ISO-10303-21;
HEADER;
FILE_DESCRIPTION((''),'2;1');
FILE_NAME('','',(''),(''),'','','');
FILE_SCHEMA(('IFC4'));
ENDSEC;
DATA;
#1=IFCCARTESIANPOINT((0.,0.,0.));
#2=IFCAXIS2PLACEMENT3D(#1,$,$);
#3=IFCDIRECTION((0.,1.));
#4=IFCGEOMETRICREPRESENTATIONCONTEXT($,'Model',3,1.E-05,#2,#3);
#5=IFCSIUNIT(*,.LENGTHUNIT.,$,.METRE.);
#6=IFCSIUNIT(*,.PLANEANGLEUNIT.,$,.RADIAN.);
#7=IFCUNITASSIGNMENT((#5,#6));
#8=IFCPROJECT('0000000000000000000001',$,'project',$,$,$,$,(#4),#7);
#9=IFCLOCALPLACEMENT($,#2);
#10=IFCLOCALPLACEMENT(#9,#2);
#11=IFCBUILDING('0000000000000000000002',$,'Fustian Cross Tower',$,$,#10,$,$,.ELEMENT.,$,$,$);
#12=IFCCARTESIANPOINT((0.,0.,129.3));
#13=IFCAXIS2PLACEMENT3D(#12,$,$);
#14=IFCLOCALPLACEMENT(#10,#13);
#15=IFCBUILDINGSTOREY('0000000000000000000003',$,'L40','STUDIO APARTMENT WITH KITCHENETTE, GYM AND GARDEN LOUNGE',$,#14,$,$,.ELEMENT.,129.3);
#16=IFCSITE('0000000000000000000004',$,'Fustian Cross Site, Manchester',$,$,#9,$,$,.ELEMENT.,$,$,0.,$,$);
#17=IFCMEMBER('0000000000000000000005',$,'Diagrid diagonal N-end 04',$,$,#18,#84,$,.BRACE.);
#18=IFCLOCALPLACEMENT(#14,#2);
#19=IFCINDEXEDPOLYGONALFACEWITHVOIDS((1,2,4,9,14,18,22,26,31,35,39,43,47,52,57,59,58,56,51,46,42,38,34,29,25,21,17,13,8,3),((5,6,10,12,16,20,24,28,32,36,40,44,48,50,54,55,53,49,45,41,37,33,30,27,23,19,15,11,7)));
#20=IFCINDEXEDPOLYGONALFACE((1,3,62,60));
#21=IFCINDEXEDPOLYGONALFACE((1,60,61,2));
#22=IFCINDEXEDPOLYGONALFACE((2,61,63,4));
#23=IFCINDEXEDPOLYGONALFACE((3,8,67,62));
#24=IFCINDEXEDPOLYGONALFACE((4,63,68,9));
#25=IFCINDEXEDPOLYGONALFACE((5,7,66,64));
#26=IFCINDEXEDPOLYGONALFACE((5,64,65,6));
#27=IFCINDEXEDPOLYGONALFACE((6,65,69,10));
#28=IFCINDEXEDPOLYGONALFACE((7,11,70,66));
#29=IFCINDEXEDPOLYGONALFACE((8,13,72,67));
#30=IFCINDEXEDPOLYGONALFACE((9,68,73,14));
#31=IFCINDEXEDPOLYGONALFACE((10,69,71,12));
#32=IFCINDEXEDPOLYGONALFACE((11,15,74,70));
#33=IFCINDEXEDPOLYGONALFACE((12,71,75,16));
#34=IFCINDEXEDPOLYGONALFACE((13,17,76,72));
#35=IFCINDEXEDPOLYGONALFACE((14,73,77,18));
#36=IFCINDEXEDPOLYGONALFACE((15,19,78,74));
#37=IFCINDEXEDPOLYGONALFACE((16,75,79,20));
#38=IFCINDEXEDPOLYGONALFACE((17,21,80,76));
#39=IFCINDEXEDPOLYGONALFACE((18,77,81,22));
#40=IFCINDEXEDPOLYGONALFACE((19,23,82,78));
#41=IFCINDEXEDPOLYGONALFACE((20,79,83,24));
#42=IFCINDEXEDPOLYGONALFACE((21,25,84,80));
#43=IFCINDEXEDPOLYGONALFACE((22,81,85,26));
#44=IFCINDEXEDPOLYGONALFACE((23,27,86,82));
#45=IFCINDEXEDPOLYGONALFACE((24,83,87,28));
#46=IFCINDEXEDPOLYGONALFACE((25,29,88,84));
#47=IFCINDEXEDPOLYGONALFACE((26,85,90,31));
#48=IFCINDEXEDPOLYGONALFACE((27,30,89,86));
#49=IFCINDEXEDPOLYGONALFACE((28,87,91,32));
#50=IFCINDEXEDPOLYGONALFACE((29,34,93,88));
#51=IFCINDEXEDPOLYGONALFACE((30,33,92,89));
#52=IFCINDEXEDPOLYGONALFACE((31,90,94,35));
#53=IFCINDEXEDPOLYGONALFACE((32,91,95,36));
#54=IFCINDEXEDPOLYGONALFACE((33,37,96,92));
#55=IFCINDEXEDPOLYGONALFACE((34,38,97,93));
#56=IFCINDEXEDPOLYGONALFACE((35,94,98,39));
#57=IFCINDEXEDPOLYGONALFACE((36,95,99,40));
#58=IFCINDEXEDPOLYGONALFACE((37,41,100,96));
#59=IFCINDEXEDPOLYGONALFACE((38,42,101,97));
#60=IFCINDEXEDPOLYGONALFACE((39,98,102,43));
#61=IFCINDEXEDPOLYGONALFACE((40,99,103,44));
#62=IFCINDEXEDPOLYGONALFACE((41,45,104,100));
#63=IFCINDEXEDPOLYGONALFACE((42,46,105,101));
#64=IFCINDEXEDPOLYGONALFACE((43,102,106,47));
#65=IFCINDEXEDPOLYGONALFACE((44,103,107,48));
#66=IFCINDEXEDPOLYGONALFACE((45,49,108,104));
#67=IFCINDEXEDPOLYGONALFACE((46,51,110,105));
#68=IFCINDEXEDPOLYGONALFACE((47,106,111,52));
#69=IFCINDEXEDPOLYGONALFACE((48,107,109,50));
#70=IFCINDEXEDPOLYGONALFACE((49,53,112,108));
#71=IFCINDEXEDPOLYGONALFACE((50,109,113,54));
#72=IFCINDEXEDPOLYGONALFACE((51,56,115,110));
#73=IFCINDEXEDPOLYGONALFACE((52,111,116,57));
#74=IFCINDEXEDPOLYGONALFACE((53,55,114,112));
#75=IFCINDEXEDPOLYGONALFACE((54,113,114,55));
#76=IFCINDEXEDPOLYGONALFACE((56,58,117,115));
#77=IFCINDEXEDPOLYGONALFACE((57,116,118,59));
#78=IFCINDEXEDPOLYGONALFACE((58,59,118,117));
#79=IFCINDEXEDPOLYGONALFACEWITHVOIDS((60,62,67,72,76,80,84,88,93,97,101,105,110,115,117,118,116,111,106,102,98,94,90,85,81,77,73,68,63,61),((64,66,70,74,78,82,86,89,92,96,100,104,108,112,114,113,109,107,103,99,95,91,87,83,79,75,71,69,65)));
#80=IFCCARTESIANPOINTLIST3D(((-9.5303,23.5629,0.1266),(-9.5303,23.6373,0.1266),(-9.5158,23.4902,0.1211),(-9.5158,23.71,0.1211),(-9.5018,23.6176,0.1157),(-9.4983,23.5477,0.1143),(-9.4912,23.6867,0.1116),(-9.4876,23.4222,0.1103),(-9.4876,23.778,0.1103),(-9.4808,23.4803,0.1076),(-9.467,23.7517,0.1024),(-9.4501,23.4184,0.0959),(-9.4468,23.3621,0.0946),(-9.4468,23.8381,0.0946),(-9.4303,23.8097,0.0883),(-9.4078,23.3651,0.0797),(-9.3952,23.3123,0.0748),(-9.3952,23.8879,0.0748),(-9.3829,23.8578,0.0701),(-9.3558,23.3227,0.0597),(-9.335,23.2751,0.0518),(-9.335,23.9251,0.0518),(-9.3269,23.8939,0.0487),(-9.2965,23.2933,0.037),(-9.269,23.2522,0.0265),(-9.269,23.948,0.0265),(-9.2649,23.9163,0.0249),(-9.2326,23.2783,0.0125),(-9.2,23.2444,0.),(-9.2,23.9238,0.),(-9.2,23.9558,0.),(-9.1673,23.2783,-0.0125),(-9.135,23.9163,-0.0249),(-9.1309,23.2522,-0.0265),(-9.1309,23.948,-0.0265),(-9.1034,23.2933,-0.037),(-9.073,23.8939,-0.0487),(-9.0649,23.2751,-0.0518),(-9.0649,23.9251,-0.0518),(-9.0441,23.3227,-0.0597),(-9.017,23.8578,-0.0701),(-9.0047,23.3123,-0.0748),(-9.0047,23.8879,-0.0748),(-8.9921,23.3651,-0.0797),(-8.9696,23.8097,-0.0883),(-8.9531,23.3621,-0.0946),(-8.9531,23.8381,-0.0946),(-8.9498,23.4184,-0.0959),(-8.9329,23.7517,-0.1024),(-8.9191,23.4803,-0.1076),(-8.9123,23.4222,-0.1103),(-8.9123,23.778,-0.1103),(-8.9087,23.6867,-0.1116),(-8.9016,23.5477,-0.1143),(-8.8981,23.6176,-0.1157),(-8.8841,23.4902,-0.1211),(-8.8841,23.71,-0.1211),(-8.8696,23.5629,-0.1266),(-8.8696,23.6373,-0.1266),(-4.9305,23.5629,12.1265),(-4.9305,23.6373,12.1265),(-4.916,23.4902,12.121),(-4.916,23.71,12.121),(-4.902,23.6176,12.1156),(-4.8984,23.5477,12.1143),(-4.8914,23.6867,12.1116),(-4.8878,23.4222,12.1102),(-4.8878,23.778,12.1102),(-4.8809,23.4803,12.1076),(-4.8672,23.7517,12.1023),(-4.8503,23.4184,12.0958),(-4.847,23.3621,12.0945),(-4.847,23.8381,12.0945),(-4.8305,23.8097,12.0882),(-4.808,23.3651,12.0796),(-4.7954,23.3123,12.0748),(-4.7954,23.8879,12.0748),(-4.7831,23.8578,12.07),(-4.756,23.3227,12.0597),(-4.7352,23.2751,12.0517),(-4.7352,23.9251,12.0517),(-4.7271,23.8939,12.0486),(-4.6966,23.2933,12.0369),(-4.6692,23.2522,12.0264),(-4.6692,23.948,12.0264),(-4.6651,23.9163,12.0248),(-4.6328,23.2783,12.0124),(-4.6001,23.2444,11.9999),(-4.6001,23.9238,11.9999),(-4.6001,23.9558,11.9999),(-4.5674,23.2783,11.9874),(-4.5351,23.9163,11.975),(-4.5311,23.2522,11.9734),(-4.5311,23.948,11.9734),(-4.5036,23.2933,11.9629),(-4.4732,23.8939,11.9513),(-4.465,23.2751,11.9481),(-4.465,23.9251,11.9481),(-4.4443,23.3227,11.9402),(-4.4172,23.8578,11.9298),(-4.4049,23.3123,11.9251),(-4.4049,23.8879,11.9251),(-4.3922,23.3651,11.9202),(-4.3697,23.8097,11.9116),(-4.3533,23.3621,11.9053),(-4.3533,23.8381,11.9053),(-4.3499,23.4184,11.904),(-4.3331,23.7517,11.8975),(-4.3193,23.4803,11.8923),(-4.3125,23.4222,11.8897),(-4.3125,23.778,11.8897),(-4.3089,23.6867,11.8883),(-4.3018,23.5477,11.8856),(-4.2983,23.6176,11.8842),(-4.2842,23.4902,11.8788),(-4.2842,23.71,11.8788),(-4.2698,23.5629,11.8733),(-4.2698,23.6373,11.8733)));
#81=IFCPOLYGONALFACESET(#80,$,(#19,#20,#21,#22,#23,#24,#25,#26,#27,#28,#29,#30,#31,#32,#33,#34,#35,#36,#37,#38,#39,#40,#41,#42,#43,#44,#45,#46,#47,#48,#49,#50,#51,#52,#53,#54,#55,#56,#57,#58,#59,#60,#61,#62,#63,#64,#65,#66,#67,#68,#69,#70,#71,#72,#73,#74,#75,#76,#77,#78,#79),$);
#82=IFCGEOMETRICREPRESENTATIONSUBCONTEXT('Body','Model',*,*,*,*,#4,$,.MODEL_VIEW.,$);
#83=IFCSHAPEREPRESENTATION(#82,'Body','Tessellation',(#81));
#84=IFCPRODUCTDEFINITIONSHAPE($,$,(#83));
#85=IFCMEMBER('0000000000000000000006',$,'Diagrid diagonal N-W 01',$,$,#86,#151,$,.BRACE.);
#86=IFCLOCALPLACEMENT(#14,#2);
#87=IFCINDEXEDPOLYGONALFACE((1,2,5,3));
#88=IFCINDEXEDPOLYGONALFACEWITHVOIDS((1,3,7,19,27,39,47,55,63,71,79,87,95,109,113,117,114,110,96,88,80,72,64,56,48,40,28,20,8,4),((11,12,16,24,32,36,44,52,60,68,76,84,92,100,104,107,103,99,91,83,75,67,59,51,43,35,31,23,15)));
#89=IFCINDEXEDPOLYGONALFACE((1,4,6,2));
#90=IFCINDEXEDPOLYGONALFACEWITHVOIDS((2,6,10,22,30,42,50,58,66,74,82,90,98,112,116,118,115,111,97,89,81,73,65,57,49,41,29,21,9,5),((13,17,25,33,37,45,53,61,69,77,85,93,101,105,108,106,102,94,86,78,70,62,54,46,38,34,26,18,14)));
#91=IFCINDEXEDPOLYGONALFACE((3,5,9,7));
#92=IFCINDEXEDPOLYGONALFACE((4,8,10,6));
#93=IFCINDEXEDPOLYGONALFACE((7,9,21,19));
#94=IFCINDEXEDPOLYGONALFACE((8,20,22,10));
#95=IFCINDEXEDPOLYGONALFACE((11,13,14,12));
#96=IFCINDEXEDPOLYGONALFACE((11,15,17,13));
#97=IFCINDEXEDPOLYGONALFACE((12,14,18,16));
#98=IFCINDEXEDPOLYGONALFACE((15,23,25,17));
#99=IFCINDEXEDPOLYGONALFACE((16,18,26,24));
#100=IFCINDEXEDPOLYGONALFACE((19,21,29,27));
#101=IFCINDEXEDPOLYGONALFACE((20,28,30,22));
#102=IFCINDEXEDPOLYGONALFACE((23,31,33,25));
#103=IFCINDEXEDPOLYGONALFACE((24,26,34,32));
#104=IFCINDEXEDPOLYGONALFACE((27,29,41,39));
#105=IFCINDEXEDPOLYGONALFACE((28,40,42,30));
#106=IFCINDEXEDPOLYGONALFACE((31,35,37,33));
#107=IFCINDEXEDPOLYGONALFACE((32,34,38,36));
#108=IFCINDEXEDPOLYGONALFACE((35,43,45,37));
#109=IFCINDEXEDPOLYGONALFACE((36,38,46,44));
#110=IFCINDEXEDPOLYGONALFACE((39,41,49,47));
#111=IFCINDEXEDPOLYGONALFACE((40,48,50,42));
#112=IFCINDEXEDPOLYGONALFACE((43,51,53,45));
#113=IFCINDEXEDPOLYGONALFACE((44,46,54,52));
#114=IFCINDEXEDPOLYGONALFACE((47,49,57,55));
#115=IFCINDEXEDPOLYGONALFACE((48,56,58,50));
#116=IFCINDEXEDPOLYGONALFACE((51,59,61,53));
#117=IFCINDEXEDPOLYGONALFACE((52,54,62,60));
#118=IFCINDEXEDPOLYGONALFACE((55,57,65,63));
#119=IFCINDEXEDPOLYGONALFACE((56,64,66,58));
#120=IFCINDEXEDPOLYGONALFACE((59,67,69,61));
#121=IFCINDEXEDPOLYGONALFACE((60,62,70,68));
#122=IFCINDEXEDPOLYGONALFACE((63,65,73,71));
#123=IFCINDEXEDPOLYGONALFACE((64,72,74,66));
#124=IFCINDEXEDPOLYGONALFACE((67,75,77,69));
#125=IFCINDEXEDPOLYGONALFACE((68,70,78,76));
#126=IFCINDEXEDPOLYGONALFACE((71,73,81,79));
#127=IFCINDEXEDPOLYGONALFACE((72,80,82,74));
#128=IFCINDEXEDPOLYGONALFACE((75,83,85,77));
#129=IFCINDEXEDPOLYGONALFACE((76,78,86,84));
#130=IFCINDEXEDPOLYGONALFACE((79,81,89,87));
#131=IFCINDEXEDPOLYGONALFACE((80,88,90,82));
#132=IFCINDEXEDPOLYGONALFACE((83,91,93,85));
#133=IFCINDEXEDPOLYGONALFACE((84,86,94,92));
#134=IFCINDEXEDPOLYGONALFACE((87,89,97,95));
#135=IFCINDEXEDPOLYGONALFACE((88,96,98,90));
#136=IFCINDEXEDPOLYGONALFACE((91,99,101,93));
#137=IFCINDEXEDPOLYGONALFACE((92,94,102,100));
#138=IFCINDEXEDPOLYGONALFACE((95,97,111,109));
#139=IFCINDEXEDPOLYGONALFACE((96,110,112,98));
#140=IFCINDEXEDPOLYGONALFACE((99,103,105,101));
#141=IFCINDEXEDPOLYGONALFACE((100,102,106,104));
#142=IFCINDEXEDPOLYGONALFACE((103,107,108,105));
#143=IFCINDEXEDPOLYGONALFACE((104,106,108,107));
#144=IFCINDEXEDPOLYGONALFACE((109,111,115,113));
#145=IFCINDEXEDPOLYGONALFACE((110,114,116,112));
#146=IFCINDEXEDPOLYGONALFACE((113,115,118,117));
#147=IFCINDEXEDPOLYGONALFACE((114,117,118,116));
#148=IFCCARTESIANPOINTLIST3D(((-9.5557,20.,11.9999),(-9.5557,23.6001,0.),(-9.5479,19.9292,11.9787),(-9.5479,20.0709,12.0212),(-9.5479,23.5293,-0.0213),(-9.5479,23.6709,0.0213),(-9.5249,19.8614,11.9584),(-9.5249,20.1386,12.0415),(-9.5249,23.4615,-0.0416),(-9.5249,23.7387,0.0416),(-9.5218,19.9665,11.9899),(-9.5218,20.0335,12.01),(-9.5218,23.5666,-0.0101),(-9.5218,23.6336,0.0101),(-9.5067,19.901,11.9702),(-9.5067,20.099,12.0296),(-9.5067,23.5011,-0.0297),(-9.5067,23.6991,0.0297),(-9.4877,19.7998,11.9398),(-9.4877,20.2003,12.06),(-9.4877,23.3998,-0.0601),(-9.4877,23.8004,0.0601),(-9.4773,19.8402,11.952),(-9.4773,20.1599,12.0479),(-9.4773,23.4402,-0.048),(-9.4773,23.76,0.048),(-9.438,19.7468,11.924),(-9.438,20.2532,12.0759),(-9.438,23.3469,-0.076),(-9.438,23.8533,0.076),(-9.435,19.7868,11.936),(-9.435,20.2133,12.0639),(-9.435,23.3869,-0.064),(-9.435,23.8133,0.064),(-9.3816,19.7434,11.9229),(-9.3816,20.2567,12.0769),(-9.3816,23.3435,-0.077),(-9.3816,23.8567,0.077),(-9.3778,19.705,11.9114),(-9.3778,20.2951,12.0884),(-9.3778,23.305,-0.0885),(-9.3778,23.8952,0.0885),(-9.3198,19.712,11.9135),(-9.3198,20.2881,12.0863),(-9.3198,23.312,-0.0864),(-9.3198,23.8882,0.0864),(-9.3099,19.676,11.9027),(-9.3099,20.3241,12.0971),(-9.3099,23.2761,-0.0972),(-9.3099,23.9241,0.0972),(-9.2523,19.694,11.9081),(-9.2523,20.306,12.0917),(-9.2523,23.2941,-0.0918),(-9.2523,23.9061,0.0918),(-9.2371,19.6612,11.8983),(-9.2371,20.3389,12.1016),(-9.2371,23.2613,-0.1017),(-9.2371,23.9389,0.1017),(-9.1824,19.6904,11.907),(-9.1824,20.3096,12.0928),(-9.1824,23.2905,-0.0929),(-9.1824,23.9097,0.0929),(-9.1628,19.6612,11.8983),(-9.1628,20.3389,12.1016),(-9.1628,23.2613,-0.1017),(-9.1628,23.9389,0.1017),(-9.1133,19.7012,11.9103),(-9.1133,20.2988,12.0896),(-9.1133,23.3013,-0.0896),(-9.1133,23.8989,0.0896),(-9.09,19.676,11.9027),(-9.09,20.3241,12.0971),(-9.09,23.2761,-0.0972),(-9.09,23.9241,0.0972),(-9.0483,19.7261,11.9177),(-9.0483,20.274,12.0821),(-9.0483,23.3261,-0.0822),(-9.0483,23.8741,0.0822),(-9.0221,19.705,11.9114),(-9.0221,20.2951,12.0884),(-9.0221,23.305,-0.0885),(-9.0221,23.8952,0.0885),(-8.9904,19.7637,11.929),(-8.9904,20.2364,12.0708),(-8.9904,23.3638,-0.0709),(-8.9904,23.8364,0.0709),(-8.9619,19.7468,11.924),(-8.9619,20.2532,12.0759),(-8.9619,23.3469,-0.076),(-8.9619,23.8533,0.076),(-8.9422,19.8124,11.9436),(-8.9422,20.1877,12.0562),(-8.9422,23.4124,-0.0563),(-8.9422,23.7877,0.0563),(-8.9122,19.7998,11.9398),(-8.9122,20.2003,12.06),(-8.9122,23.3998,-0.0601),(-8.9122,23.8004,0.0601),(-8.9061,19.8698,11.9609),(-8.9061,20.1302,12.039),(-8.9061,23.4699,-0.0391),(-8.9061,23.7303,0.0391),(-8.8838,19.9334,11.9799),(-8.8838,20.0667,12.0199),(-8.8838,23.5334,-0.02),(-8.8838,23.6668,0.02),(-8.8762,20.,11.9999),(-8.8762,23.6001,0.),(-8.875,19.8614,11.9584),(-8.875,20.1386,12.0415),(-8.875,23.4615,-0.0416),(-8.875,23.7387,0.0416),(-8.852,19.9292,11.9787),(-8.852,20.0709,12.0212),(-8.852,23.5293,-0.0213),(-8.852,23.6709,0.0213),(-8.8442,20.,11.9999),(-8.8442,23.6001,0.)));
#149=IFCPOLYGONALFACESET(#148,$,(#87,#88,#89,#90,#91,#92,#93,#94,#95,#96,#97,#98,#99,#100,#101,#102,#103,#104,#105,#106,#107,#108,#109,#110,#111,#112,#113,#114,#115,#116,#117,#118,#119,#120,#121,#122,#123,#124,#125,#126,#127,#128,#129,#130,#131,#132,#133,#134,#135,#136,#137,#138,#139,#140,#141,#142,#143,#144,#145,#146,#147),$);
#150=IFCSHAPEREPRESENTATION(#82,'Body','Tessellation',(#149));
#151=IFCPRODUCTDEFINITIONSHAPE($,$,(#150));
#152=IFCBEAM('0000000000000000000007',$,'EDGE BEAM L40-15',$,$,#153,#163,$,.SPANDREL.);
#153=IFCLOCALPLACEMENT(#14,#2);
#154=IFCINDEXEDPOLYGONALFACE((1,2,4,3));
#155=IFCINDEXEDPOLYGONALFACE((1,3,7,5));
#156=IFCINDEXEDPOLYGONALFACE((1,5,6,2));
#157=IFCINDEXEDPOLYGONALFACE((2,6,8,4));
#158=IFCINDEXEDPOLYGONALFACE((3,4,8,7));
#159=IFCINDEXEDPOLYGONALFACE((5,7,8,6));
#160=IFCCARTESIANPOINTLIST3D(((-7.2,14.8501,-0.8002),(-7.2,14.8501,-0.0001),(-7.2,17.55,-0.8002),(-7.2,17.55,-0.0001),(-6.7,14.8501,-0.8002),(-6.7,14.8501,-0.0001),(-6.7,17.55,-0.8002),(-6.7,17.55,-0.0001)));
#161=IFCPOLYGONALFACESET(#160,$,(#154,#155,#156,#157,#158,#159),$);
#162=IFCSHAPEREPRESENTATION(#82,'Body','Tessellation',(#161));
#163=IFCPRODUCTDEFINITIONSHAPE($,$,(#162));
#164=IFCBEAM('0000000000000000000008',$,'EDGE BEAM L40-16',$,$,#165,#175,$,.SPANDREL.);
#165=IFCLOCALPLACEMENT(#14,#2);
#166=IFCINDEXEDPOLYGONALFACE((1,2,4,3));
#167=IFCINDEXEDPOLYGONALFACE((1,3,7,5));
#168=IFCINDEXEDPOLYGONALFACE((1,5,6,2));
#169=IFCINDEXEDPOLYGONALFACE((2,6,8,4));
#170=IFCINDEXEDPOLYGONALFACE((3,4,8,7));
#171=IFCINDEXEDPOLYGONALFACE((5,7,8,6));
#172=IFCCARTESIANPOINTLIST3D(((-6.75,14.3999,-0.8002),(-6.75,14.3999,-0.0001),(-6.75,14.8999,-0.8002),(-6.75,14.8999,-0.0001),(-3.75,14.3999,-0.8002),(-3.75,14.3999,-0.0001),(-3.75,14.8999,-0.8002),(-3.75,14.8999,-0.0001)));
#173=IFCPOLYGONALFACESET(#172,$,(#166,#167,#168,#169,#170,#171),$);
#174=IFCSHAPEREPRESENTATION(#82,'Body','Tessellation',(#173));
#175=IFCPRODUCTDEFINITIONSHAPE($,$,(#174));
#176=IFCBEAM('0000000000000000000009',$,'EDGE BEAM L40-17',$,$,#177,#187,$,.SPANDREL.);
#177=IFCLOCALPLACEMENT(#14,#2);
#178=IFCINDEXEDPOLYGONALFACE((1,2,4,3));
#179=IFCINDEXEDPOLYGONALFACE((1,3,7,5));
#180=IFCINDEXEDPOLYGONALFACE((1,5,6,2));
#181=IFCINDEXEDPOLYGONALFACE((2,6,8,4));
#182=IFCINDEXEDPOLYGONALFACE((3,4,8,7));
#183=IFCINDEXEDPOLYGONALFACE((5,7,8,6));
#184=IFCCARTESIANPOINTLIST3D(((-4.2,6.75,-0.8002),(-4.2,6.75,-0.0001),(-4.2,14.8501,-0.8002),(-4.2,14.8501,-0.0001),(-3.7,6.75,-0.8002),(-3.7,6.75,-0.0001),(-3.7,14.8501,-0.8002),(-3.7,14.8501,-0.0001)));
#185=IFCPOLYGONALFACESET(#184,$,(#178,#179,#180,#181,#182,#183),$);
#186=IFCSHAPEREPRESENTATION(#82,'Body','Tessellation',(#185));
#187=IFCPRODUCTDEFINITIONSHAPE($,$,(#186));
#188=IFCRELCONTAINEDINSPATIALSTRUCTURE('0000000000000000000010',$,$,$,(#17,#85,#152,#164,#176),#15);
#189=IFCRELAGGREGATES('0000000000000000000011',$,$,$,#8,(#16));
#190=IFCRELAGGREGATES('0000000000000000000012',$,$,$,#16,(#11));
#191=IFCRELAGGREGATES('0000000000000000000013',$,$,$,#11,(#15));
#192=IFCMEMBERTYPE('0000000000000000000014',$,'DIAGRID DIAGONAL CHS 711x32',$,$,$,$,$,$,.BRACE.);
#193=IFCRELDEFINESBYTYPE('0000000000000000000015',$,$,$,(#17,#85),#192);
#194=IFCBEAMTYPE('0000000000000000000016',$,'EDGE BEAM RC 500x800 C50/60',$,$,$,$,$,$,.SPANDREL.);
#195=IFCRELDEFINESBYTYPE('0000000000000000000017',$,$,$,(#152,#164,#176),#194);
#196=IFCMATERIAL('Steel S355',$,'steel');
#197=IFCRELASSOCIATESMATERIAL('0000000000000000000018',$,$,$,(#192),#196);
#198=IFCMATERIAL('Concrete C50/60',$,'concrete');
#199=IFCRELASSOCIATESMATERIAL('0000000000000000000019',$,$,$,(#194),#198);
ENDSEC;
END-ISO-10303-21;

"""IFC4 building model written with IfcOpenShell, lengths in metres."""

from ifc_helpers import new_model, si_unit, direction, frame, origin, origin_2d, place, context, subcontext, project, spatial, rectangle, hollow_circle, extrude, material, material_profile, profile_set, type_object, element, save


model = new_model("IFC4")

# Units and contexts
model_context = context("Model", 3, precision=1e-05, world=origin(), true_north=direction((0.0, 1.0)))
body_context = subcontext(model_context, "Body", "Model", "MODEL_VIEW")
ifc_project = project(units=[si_unit("LENGTHUNIT", "METRE"), si_unit("PLANEANGLEUNIT", "RADIAN")], contexts=[model_context])

# Site, building, storey
site_placement = place(None, origin())
site = spatial("IfcSite", under=ifc_project, at=site_placement, Name="Fustian Cross Site, Manchester", CompositionType="ELEMENT", RefElevation=0.0)
building_placement = place(site_placement, origin())
building = spatial("IfcBuilding", under=site, at=building_placement, Name="Fustian Cross Tower", CompositionType="ELEMENT")
storey_placement = place(building_placement, frame((0.0, 0.0, 129.3)))
storey = spatial("IfcBuildingStorey", under=building, at=storey_placement, Name="L40", Description="STUDIO APARTMENT WITH KITCHENETTE, GYM AND GARDEN LOUNGE", CompositionType="ELEMENT", Elevation=129.3)

# Members
ifc_material_1 = material(Name="Steel S355", Category="steel")
ifc_material_profile_1 = material_profile(ifc_material_1, hollow_circle(Radius=0.3557, WallThickness=0.032, at=origin_2d()), Name="CHS 711x32")
ifc_profile_set_1 = profile_set([ifc_material_profile_1], Name="Steel S355")
member_type_1 = type_object("IfcMemberType", Name="DIAGRID DIAGONAL CHS 711x32", PredefinedType="BRACE", material=ifc_profile_set_1)
member_1_placement = place(storey_placement, frame((-9.2, 23.6001, 0.0), z_axis=(0.357926, 0.0, 0.93375), x_axis=(0.0, 1.0, 0.0)))
element("IfcMember", 1, at=member_1_placement, inside=storey, type_object=member_type_1, Name="Diagrid diagonal N-end 04", PredefinedType="BRACE", context=body_context, shape_type="SweptSolid", body=[
    extrude(hollow_circle(Radius=0.3557, WallThickness=0.032, at=origin_2d()), origin(), (0.0, 0.0, 1.0), 12.8513),
])
member_2_placement = place(storey_placement, frame((-9.2, 23.6001, 0.0), z_axis=(0.0, -0.287355, 0.957824), x_axis=(1.0, 0.0, 0.0)))
element("IfcMember", 2, at=member_2_placement, inside=storey, type_object=member_type_1, Name="Diagrid diagonal N-W 01", PredefinedType="BRACE", context=body_context, shape_type="SweptSolid", body=[
    extrude(hollow_circle(Radius=0.3557, WallThickness=0.032, at=origin_2d()), origin(), (0.0, 0.0, 1.0), 12.5283),
])

# Beams
ifc_material_2 = material(Name="Concrete C50/60", Category="concrete")
ifc_material_profile_2 = material_profile(ifc_material_2, rectangle(XDim=0.5, YDim=0.8, at=origin_2d()), Name="RC 500x800")
ifc_profile_set_2 = profile_set([ifc_material_profile_2], Name="Concrete C50/60")
beam_type = type_object("IfcBeamType", Name="EDGE BEAM RC 500x800 C50/60", PredefinedType="SPANDREL", material=ifc_profile_set_2)
beam_1_placement = place(storey_placement, frame((-6.95, 17.55, -0.4001), z_axis=(0.0, -1.0, 0.0), x_axis=(1.0, 0.0, 0.0)))
element("IfcBeam", 3, at=beam_1_placement, inside=storey, type_object=beam_type, Name="EDGE BEAM L40-15", PredefinedType="SPANDREL", context=body_context, shape_type="SweptSolid", body=[
    extrude(rectangle(XDim=0.5, YDim=0.8, at=origin_2d()), origin(), (0.0, 0.0, 1.0), 2.7),
])
beam_2_placement = place(storey_placement, frame((-6.75, 14.6499, -0.4001), z_axis=(1.0, 0.0, 0.0), x_axis=(0.0, 1.0, 0.0)))
element("IfcBeam", 4, at=beam_2_placement, inside=storey, type_object=beam_type, Name="EDGE BEAM L40-16", PredefinedType="SPANDREL", context=body_context, shape_type="SweptSolid", body=[
    extrude(rectangle(XDim=0.5, YDim=0.8, at=origin_2d()), origin(), (0.0, 0.0, 1.0), 3.0),
])
beam_3_placement = place(storey_placement, frame((-3.95, 14.8501, -0.4001), z_axis=(0.0, -1.0, 0.0), x_axis=(1.0, 0.0, 0.0)))
element("IfcBeam", 5, at=beam_3_placement, inside=storey, type_object=beam_type, Name="EDGE BEAM L40-17", PredefinedType="SPANDREL", context=body_context, shape_type="SweptSolid", body=[
    extrude(rectangle(XDim=0.5, YDim=0.8, at=origin_2d()), origin(), (0.0, 0.0, 1.0), 8.1001),
])

save(model, "model.ifc")
